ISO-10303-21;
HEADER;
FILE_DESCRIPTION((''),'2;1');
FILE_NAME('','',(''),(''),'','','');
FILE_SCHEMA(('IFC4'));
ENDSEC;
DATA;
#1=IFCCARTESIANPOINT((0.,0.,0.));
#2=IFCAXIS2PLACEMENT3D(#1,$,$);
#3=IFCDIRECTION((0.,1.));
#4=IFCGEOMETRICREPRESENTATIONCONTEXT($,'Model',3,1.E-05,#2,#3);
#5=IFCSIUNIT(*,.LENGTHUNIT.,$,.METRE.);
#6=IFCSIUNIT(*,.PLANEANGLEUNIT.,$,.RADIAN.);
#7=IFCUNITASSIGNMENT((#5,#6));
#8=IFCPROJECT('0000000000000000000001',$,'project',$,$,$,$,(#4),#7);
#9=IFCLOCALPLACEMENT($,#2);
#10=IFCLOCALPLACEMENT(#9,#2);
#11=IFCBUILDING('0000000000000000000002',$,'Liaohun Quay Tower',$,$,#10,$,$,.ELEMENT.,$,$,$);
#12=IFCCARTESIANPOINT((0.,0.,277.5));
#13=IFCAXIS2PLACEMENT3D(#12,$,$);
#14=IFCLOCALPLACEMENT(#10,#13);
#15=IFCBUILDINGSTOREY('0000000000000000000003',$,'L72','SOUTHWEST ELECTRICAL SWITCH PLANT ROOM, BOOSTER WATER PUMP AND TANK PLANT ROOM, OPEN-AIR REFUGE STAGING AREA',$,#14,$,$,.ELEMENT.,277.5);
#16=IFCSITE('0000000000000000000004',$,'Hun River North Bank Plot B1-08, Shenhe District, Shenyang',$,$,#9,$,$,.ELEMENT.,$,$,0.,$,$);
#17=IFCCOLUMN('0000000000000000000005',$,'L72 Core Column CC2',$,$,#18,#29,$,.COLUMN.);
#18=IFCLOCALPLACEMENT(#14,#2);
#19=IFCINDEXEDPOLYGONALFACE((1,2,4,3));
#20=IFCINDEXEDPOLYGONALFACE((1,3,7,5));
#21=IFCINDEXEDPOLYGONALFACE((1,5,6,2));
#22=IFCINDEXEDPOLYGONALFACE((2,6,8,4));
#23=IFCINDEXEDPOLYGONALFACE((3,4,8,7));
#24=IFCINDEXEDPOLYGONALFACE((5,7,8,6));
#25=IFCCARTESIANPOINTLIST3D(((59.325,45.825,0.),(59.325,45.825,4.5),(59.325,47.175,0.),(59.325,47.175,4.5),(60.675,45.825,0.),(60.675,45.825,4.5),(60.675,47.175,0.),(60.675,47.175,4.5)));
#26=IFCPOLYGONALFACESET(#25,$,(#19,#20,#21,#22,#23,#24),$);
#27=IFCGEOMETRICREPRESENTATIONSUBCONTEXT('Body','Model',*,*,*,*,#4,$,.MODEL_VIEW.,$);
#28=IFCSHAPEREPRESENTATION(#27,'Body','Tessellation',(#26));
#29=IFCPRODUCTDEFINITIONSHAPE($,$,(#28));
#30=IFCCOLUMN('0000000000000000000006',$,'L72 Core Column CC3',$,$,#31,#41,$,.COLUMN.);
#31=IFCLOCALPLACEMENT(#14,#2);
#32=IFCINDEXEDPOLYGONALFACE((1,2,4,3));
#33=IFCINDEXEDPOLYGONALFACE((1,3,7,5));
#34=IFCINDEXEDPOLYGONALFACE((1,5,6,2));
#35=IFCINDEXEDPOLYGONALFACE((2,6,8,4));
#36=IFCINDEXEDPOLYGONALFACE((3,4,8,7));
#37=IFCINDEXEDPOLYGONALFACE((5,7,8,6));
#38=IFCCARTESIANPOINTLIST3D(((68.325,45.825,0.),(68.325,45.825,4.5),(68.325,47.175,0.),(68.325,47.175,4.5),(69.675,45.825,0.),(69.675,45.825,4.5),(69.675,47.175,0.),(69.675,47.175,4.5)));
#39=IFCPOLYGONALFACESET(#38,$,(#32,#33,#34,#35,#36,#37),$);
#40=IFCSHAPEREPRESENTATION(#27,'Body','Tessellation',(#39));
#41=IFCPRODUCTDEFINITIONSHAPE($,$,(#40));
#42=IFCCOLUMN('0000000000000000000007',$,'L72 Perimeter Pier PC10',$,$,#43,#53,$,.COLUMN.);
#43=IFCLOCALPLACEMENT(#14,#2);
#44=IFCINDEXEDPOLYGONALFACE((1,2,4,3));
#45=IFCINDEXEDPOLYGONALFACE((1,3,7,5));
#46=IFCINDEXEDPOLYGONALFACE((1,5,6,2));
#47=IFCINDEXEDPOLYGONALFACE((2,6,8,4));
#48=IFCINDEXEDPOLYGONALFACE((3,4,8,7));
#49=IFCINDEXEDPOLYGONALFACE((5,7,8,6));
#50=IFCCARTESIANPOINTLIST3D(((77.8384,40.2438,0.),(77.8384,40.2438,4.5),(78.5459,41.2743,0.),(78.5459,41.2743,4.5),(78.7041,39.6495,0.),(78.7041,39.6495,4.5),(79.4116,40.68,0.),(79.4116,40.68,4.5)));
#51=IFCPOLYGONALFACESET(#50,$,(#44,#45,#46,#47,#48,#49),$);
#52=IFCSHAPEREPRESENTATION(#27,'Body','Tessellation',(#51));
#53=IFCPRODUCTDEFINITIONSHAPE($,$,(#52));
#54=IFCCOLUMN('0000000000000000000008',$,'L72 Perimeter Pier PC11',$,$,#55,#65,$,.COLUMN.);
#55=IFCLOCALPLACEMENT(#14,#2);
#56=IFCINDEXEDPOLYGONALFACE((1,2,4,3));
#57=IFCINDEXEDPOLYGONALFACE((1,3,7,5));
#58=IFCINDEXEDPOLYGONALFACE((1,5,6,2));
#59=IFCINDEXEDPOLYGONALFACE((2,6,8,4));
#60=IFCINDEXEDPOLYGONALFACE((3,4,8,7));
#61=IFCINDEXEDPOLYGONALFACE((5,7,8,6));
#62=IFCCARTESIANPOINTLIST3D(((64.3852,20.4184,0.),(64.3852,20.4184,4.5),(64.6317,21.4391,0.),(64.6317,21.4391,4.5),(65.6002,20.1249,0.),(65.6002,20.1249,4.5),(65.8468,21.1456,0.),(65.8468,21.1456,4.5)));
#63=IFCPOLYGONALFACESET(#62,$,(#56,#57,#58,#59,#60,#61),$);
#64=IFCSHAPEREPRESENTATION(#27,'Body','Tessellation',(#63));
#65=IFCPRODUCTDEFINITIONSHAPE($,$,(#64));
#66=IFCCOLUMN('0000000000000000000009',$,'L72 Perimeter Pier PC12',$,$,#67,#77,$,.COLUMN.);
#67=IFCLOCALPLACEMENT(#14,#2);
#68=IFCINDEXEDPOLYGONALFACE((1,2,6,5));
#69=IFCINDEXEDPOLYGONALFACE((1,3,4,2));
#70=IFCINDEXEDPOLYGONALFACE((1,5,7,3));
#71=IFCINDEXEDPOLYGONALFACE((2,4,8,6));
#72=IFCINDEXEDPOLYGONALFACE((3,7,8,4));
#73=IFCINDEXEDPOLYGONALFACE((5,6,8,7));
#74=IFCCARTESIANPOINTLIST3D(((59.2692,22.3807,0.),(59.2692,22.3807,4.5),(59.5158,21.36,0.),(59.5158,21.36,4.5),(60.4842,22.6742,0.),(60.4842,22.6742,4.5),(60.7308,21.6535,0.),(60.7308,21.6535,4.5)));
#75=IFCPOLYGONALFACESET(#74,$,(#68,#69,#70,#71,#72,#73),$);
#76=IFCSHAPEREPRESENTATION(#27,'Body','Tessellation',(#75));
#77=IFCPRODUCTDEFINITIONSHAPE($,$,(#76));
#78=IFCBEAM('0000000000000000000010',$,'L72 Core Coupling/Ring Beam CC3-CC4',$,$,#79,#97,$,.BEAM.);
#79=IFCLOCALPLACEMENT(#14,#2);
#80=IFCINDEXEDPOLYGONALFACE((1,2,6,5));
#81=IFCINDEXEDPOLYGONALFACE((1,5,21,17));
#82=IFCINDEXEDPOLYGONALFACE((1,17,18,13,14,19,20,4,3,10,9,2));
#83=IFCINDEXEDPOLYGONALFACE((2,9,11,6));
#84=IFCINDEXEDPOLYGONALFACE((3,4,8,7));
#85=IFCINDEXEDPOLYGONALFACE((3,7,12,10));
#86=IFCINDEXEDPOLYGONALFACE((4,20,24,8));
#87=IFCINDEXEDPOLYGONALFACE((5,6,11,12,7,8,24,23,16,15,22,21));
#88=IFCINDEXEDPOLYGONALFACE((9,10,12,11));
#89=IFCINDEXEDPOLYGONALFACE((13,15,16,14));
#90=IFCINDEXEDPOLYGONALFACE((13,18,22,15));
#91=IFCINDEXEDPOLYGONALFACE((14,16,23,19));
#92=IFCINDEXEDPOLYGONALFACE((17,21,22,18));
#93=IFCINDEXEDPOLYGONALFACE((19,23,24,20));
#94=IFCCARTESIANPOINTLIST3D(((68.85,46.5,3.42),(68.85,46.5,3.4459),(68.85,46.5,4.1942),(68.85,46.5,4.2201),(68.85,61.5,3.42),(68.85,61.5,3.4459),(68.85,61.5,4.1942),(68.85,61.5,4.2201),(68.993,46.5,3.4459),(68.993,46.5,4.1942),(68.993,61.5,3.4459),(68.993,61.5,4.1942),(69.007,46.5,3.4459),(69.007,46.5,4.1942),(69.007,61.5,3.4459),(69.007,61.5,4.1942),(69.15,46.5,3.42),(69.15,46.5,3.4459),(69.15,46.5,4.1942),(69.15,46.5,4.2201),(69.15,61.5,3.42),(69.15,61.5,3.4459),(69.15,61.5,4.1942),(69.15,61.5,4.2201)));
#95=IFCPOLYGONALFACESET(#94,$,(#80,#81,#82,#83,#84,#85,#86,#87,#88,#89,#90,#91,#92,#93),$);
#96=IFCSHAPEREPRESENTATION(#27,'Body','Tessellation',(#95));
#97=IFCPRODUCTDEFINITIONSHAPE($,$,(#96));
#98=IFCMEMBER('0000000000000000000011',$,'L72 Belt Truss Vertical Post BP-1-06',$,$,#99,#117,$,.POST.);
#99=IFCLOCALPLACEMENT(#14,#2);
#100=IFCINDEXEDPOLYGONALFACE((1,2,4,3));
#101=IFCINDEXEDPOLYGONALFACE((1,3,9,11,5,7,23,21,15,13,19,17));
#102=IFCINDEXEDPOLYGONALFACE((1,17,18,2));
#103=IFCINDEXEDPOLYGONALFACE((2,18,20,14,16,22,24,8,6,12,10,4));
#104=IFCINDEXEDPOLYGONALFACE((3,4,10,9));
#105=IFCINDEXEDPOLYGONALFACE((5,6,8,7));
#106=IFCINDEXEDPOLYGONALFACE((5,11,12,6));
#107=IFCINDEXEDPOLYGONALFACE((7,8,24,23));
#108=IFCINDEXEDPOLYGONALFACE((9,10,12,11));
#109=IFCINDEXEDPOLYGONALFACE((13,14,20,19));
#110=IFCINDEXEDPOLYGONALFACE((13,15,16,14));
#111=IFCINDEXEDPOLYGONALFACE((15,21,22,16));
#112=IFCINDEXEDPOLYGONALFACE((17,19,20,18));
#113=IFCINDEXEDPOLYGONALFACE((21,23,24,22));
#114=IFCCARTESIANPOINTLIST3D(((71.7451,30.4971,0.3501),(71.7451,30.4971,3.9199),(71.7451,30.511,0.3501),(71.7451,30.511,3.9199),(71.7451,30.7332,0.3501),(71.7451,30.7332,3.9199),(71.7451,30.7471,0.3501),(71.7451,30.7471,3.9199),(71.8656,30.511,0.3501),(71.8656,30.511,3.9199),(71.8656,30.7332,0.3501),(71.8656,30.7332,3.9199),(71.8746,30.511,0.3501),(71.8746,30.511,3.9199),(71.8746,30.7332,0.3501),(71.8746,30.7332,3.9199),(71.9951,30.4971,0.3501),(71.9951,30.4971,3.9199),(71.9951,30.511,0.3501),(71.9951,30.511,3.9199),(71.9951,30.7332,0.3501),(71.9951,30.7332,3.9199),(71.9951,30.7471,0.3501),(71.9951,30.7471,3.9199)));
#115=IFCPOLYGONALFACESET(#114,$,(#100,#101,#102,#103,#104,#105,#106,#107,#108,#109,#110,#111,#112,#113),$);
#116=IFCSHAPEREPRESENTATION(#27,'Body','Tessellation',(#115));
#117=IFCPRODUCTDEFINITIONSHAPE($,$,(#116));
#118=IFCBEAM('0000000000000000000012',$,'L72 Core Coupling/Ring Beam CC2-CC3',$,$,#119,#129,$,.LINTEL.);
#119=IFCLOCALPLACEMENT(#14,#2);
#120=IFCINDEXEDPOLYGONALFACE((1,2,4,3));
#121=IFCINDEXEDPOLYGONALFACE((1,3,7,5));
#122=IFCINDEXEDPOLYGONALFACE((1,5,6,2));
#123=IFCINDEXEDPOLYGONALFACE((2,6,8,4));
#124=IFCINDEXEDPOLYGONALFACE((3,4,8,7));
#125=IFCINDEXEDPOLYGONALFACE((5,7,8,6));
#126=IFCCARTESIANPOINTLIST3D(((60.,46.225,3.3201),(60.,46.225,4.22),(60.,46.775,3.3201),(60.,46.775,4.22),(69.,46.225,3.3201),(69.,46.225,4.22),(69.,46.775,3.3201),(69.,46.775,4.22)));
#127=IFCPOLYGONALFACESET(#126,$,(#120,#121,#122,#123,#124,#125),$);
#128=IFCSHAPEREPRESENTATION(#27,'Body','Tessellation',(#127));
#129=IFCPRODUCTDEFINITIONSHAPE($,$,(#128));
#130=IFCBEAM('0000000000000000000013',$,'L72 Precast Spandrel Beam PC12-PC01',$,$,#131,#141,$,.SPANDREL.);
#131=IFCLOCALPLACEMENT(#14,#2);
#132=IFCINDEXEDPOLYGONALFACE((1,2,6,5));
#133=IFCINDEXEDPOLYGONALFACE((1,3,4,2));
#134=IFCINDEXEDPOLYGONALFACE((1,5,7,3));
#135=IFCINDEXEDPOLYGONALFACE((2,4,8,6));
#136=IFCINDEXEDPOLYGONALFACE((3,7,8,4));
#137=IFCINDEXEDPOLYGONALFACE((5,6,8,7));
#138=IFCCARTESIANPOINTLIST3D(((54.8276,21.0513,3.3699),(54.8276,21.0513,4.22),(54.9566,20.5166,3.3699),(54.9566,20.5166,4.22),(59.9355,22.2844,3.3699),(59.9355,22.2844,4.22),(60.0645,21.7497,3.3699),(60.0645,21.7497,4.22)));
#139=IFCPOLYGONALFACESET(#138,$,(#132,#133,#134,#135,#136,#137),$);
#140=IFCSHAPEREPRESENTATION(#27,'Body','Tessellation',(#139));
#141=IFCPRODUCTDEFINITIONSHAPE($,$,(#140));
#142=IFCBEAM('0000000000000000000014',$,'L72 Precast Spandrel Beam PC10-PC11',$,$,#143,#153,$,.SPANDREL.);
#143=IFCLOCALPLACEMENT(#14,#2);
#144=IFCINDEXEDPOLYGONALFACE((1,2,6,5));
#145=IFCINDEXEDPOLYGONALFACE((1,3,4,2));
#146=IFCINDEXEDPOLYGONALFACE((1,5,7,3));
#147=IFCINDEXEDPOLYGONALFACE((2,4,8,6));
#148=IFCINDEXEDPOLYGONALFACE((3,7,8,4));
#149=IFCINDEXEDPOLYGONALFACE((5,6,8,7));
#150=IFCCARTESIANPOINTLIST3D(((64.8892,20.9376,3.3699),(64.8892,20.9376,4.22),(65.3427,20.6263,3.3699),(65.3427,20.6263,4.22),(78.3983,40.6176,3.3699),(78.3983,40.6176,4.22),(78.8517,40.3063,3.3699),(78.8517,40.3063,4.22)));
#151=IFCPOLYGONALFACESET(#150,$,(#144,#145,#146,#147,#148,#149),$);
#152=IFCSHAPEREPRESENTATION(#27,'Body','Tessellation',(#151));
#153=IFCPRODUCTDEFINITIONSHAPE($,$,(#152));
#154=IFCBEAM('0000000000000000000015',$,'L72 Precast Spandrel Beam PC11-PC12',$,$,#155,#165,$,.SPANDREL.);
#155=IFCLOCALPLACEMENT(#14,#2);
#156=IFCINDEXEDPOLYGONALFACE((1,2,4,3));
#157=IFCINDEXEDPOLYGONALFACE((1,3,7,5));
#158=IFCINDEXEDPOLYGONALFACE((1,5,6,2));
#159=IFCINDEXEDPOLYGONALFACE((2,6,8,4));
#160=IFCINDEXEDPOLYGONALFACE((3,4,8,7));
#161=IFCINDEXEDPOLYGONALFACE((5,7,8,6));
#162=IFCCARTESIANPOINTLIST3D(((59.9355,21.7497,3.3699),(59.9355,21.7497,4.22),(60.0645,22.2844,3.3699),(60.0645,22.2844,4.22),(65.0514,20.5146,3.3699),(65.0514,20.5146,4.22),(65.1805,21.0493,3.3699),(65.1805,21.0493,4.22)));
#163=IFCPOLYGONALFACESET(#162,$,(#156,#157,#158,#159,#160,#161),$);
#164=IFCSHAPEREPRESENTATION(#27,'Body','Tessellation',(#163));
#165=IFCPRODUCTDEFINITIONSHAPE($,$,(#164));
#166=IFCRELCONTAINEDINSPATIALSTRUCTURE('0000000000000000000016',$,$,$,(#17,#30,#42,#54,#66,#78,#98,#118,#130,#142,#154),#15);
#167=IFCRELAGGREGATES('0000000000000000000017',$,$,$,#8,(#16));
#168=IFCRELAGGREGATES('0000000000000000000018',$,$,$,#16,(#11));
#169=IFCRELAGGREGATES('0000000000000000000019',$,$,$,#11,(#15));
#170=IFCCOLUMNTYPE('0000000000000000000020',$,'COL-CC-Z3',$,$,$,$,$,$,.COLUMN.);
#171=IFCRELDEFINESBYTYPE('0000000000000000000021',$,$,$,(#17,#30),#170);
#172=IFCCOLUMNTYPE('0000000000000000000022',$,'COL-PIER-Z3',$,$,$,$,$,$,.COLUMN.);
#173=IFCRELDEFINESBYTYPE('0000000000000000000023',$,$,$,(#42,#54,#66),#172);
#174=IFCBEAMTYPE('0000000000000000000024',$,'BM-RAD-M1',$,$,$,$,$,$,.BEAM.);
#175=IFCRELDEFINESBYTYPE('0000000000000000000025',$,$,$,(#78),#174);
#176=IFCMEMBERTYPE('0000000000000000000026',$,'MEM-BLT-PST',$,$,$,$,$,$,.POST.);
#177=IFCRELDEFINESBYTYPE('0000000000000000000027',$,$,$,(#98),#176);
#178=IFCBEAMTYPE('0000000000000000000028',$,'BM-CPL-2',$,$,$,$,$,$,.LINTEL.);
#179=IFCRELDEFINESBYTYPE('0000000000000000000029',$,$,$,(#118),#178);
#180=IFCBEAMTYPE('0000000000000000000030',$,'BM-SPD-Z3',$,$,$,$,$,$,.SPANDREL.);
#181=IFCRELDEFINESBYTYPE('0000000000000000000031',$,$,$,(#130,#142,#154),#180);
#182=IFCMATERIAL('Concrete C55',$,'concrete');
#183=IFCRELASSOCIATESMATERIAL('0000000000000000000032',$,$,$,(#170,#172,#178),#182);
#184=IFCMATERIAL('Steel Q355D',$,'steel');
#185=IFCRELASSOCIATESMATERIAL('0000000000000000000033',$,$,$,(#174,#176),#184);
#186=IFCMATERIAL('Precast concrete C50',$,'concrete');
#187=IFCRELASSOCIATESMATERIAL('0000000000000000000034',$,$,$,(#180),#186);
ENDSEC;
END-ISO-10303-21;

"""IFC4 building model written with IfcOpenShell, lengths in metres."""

from ifc_helpers import new_model, si_unit, direction, frame, origin, origin_2d, place, context, subcontext, project, spatial, rectangle, i_section, extrude, source, transform, mapped, material, material_profile, profile_set, type_object, element, save


model = new_model("IFC4")

# Units and contexts
model_context = context("Model", 3, precision=1e-05, world=origin(), true_north=direction((0.0, 1.0)))
body_context = subcontext(model_context, "Body", "Model", "MODEL_VIEW")
ifc_project = project(units=[si_unit("LENGTHUNIT", "METRE"), si_unit("PLANEANGLEUNIT", "RADIAN")], contexts=[model_context])

# Site, building, storey
site_placement = place(None, origin())
site = spatial("IfcSite", under=ifc_project, at=site_placement, Name="Hun River North Bank Plot B1-08, Shenhe District, Shenyang", CompositionType="ELEMENT", RefElevation=0.0)
building_placement = place(site_placement, origin())
building = spatial("IfcBuilding", under=site, at=building_placement, Name="Liaohun Quay Tower", CompositionType="ELEMENT")
storey_placement = place(building_placement, frame((0.0, 0.0, 277.5)))
storey = spatial("IfcBuildingStorey", under=building, at=storey_placement, Name="L72", Description="SOUTHWEST ELECTRICAL SWITCH PLANT ROOM, BOOSTER WATER PUMP AND TANK PLANT ROOM, OPEN-AIR REFUGE STAGING AREA", CompositionType="ELEMENT", Elevation=277.5)

# Columns
ifc_material_1 = material(Name="Concrete C55", Category="concrete")
ifc_material_profile_1 = material_profile(ifc_material_1, rectangle(XDim=1.3501, YDim=1.3501, at=origin_2d()), Name="RC1350x1350")
ifc_profile_set_1 = profile_set([ifc_material_profile_1], Name="Concrete C55")
column_type_1 = type_object("IfcColumnType", Name="COL-CC-Z3", PredefinedType="COLUMN", material=ifc_profile_set_1)
shared_shape_1 = source(origin(), body_context, "Body", "SweptSolid", [
    extrude(rectangle(XDim=1.3501, YDim=1.3501, at=origin_2d()), origin(), (0.0, 0.0, 1.0), 4.5),
])
for number, where, z_axis, x_axis, name in (
    (1, (60.0, 46.5, 0.0), (0.0, 0.0, 1.0), (1.0, 0.0, 0.0), "L72 Core Column CC2"),
    (2, (69.0, 46.5, 0.0), (0.0, 0.0, 1.0), (1.0, 0.0, 0.0), "L72 Core Column CC3"),
):
    element("IfcColumn", number, at=place(storey_placement, frame(where, z_axis=z_axis, x_axis=x_axis)), inside=storey, type_object=column_type_1, Name=name, PredefinedType="COLUMN", context=body_context, shape_type="MappedRepresentation", body=[
        mapped(shared_shape_1, transform((0.0, 0.0, 0.0), x_axis=(1.0, 0.0, 0.0), y_axis=(0.0, 1.0, 0.0), z_axis=(0.0, 0.0, 1.0), scale=1.0)),
    ])
ifc_material_profile_2 = material_profile(ifc_material_1, rectangle(XDim=1.25, YDim=1.05, at=origin_2d()), Name="RC1250x1050")
ifc_profile_set_2 = profile_set([ifc_material_profile_2], Name="Concrete C55")
column_type_2 = type_object("IfcColumnType", Name="COL-PIER-Z3", PredefinedType="COLUMN", material=ifc_profile_set_2)
shared_shape_2 = source(origin(), body_context, "Body", "SweptSolid", [
    extrude(rectangle(XDim=1.25, YDim=1.05, at=origin_2d()), origin(), (0.0, 0.0, 1.0), 4.5),
])
for number, where, z_axis, x_axis, name in (
    (3, (78.625, 40.4619, 0.0), (0.0, 0.0, 1.0), (0.565975, 0.824423, 0.0), "L72 Perimeter Pier PC10"),
    (4, (65.116, 20.782, 0.0), (0.0, 0.0, 1.0), (-0.972043, 0.234803, 0.0), "L72 Perimeter Pier PC11"),
    (5, (60.0, 22.0171, 0.0), (0.0, 0.0, 1.0), (0.972043, 0.234803, 0.0), "L72 Perimeter Pier PC12"),
):
    element("IfcColumn", number, at=place(storey_placement, frame(where, z_axis=z_axis, x_axis=x_axis)), inside=storey, type_object=column_type_2, Name=name, PredefinedType="COLUMN", context=body_context, shape_type="MappedRepresentation", body=[
        mapped(shared_shape_2, transform((0.0, 0.0, 0.0), x_axis=(1.0, 0.0, 0.0), y_axis=(0.0, 1.0, 0.0), z_axis=(0.0, 0.0, 1.0), scale=1.0)),
    ])

# Beam
ifc_material_2 = material(Name="Steel Q355D", Category="steel")
ifc_material_profile_3 = material_profile(ifc_material_2, i_section(OverallWidth=0.3, OverallDepth=0.8, WebThickness=0.0139, FlangeThickness=0.0259, at=origin_2d()), Name="HN800x300x14x26")
ifc_profile_set_3 = profile_set([ifc_material_profile_3], Name="Steel Q355D")
beam_type_1 = type_object("IfcBeamType", Name="BM-RAD-M1", PredefinedType="BEAM", material=ifc_profile_set_3)
shared_shape_3 = source(origin(), body_context, "Body", "SweptSolid", [
    extrude(i_section(OverallWidth=0.3, OverallDepth=0.8, WebThickness=0.0139, FlangeThickness=0.0259, at=origin_2d()), origin(), (0.0, 0.0, 1.0), 15.0),
])
beam_1_placement = place(storey_placement, frame((69.0, 46.5, 3.8201), z_axis=(0.0, 1.0, 0.0), x_axis=(-1.0, 0.0, 0.0)))
element("IfcBeam", 6, at=beam_1_placement, inside=storey, type_object=beam_type_1, Name="L72 Core Coupling/Ring Beam CC3-CC4", PredefinedType="BEAM", context=body_context, shape_type="MappedRepresentation", body=[
    mapped(shared_shape_3, transform((0.0, 0.0, 0.0), x_axis=(1.0, 0.0, 0.0), y_axis=(0.0, 1.0, 0.0), z_axis=(0.0, 0.0, 1.0), scale=1.0)),
])

# Member
ifc_material_profile_4 = material_profile(ifc_material_2, i_section(OverallWidth=0.25, OverallDepth=0.25, WebThickness=0.009, FlangeThickness=0.0139, at=origin_2d()), Name="HW250x250x9x14")
ifc_profile_set_4 = profile_set([ifc_material_profile_4], Name="Steel Q355D")
member_type_1 = type_object("IfcMemberType", Name="MEM-BLT-PST", PredefinedType="POST", material=ifc_profile_set_4)
shared_shape_4 = source(origin(), body_context, "Body", "SweptSolid", [
    extrude(i_section(OverallWidth=0.25, OverallDepth=0.25, WebThickness=0.009, FlangeThickness=0.0139, at=origin_2d()), origin(), (0.0, 0.0, 1.0), 3.5698),
])
member_1_placement = place(storey_placement, frame((71.8701, 30.6221, 0.3501), z_axis=(0.0, 0.0, 1.0), x_axis=(1.0, 0.0, 0.0)))
element("IfcMember", 7, at=member_1_placement, inside=storey, type_object=member_type_1, Name="L72 Belt Truss Vertical Post BP-1-06", PredefinedType="POST", context=body_context, shape_type="MappedRepresentation", body=[
    mapped(shared_shape_4, transform((0.0, 0.0, 0.0), x_axis=(1.0, 0.0, 0.0), y_axis=(0.0, 1.0, 0.0), z_axis=(0.0, 0.0, 1.0), scale=1.0)),
])

# Beams
ifc_material_profile_5 = material_profile(ifc_material_1, rectangle(XDim=0.55, YDim=0.8999, at=origin_2d()), Name="RC550x900")
ifc_profile_set_5 = profile_set([ifc_material_profile_5], Name="Concrete C55")
beam_type_2 = type_object("IfcBeamType", Name="BM-CPL-2", PredefinedType="LINTEL", material=ifc_profile_set_5)
shared_shape_5 = source(origin(), body_context, "Body", "SweptSolid", [
    extrude(rectangle(XDim=0.55, YDim=0.8999, at=origin_2d()), origin(), (0.0, 0.0, 1.0), 9.0),
])
beam_2_placement = place(storey_placement, frame((60.0, 46.5, 3.77), z_axis=(1.0, 0.0, 0.0), x_axis=(0.0, 1.0, 0.0)))
element("IfcBeam", 8, at=beam_2_placement, inside=storey, type_object=beam_type_2, Name="L72 Core Coupling/Ring Beam CC2-CC3", PredefinedType="LINTEL", context=body_context, shape_type="MappedRepresentation", body=[
    mapped(shared_shape_5, transform((0.0, 0.0, 0.0), x_axis=(1.0, 0.0, 0.0), y_axis=(0.0, 1.0, 0.0), z_axis=(0.0, 0.0, 1.0), scale=1.0)),
])
ifc_material_3 = material(Name="Precast concrete C50", Category="concrete")
ifc_material_profile_6 = material_profile(ifc_material_3, rectangle(XDim=0.55, YDim=0.8501, at=origin_2d()), Name="RC550x850")
ifc_profile_set_6 = profile_set([ifc_material_profile_6], Name="Precast concrete C50")
beam_type_3 = type_object("IfcBeamType", Name="BM-SPD-Z3", PredefinedType="SPANDREL", material=ifc_profile_set_6)
shared_shape_6 = source(origin(), body_context, "Body", "SweptSolid", [
    extrude(rectangle(XDim=0.55, YDim=0.8501, at=origin_2d()), origin(), (0.0, 0.0, 1.0), 5.2546),
])
beam_3_placement = place(storey_placement, frame((60.0, 22.0171, 3.7949), z_axis=(-0.972073, -0.234678, 0.0), x_axis=(0.234678, -0.972073, 0.0)))
element("IfcBeam", 9, at=beam_3_placement, inside=storey, type_object=beam_type_3, Name="L72 Precast Spandrel Beam PC12-PC01", PredefinedType="SPANDREL", context=body_context, shape_type="MappedRepresentation", body=[
    mapped(shared_shape_6, transform((0.0, 0.0, 0.0), x_axis=(1.0, 0.0, 0.0), y_axis=(0.0, 1.0, 0.0), z_axis=(0.0, 0.0, 1.0), scale=1.0)),
])
shared_shape_7 = source(origin(), body_context, "Body", "SweptSolid", [
    extrude(rectangle(XDim=0.55, YDim=0.8501, at=origin_2d()), origin(), (0.0, 0.0, 1.0), 23.8704),
])
beam_4_placement = place(storey_placement, frame((78.625, 40.4619, 3.7949), z_axis=(-0.565934, -0.824451, 0.0), x_axis=(0.824451, -0.565934, 0.0)))
element("IfcBeam", 10, at=beam_4_placement, inside=storey, type_object=beam_type_3, Name="L72 Precast Spandrel Beam PC10-PC11", PredefinedType="SPANDREL", context=body_context, shape_type="MappedRepresentation", body=[
    mapped(shared_shape_7, transform((0.0, 0.0, 0.0), x_axis=(1.0, 0.0, 0.0), y_axis=(0.0, 1.0, 0.0), z_axis=(0.0, 0.0, 1.0), scale=1.0)),
])
shared_shape_8 = source(origin(), body_context, "Body", "SweptSolid", [
    extrude(rectangle(XDim=0.55, YDim=0.8501, at=origin_2d()), origin(), (0.0, 0.0, 1.0), 5.2629),
])
beam_5_placement = place(storey_placement, frame((65.116, 20.782, 3.7949), z_axis=(-0.972073, 0.23468, 0.0), x_axis=(-0.23468, -0.972073, 0.0)))
element("IfcBeam", 11, at=beam_5_placement, inside=storey, type_object=beam_type_3, Name="L72 Precast Spandrel Beam PC11-PC12", PredefinedType="SPANDREL", context=body_context, shape_type="MappedRepresentation", body=[
    mapped(shared_shape_8, transform((0.0, 0.0, 0.0), x_axis=(1.0, 0.0, 0.0), y_axis=(0.0, 1.0, 0.0), z_axis=(0.0, 0.0, 1.0), scale=1.0)),
])

save(model, "model.ifc")
